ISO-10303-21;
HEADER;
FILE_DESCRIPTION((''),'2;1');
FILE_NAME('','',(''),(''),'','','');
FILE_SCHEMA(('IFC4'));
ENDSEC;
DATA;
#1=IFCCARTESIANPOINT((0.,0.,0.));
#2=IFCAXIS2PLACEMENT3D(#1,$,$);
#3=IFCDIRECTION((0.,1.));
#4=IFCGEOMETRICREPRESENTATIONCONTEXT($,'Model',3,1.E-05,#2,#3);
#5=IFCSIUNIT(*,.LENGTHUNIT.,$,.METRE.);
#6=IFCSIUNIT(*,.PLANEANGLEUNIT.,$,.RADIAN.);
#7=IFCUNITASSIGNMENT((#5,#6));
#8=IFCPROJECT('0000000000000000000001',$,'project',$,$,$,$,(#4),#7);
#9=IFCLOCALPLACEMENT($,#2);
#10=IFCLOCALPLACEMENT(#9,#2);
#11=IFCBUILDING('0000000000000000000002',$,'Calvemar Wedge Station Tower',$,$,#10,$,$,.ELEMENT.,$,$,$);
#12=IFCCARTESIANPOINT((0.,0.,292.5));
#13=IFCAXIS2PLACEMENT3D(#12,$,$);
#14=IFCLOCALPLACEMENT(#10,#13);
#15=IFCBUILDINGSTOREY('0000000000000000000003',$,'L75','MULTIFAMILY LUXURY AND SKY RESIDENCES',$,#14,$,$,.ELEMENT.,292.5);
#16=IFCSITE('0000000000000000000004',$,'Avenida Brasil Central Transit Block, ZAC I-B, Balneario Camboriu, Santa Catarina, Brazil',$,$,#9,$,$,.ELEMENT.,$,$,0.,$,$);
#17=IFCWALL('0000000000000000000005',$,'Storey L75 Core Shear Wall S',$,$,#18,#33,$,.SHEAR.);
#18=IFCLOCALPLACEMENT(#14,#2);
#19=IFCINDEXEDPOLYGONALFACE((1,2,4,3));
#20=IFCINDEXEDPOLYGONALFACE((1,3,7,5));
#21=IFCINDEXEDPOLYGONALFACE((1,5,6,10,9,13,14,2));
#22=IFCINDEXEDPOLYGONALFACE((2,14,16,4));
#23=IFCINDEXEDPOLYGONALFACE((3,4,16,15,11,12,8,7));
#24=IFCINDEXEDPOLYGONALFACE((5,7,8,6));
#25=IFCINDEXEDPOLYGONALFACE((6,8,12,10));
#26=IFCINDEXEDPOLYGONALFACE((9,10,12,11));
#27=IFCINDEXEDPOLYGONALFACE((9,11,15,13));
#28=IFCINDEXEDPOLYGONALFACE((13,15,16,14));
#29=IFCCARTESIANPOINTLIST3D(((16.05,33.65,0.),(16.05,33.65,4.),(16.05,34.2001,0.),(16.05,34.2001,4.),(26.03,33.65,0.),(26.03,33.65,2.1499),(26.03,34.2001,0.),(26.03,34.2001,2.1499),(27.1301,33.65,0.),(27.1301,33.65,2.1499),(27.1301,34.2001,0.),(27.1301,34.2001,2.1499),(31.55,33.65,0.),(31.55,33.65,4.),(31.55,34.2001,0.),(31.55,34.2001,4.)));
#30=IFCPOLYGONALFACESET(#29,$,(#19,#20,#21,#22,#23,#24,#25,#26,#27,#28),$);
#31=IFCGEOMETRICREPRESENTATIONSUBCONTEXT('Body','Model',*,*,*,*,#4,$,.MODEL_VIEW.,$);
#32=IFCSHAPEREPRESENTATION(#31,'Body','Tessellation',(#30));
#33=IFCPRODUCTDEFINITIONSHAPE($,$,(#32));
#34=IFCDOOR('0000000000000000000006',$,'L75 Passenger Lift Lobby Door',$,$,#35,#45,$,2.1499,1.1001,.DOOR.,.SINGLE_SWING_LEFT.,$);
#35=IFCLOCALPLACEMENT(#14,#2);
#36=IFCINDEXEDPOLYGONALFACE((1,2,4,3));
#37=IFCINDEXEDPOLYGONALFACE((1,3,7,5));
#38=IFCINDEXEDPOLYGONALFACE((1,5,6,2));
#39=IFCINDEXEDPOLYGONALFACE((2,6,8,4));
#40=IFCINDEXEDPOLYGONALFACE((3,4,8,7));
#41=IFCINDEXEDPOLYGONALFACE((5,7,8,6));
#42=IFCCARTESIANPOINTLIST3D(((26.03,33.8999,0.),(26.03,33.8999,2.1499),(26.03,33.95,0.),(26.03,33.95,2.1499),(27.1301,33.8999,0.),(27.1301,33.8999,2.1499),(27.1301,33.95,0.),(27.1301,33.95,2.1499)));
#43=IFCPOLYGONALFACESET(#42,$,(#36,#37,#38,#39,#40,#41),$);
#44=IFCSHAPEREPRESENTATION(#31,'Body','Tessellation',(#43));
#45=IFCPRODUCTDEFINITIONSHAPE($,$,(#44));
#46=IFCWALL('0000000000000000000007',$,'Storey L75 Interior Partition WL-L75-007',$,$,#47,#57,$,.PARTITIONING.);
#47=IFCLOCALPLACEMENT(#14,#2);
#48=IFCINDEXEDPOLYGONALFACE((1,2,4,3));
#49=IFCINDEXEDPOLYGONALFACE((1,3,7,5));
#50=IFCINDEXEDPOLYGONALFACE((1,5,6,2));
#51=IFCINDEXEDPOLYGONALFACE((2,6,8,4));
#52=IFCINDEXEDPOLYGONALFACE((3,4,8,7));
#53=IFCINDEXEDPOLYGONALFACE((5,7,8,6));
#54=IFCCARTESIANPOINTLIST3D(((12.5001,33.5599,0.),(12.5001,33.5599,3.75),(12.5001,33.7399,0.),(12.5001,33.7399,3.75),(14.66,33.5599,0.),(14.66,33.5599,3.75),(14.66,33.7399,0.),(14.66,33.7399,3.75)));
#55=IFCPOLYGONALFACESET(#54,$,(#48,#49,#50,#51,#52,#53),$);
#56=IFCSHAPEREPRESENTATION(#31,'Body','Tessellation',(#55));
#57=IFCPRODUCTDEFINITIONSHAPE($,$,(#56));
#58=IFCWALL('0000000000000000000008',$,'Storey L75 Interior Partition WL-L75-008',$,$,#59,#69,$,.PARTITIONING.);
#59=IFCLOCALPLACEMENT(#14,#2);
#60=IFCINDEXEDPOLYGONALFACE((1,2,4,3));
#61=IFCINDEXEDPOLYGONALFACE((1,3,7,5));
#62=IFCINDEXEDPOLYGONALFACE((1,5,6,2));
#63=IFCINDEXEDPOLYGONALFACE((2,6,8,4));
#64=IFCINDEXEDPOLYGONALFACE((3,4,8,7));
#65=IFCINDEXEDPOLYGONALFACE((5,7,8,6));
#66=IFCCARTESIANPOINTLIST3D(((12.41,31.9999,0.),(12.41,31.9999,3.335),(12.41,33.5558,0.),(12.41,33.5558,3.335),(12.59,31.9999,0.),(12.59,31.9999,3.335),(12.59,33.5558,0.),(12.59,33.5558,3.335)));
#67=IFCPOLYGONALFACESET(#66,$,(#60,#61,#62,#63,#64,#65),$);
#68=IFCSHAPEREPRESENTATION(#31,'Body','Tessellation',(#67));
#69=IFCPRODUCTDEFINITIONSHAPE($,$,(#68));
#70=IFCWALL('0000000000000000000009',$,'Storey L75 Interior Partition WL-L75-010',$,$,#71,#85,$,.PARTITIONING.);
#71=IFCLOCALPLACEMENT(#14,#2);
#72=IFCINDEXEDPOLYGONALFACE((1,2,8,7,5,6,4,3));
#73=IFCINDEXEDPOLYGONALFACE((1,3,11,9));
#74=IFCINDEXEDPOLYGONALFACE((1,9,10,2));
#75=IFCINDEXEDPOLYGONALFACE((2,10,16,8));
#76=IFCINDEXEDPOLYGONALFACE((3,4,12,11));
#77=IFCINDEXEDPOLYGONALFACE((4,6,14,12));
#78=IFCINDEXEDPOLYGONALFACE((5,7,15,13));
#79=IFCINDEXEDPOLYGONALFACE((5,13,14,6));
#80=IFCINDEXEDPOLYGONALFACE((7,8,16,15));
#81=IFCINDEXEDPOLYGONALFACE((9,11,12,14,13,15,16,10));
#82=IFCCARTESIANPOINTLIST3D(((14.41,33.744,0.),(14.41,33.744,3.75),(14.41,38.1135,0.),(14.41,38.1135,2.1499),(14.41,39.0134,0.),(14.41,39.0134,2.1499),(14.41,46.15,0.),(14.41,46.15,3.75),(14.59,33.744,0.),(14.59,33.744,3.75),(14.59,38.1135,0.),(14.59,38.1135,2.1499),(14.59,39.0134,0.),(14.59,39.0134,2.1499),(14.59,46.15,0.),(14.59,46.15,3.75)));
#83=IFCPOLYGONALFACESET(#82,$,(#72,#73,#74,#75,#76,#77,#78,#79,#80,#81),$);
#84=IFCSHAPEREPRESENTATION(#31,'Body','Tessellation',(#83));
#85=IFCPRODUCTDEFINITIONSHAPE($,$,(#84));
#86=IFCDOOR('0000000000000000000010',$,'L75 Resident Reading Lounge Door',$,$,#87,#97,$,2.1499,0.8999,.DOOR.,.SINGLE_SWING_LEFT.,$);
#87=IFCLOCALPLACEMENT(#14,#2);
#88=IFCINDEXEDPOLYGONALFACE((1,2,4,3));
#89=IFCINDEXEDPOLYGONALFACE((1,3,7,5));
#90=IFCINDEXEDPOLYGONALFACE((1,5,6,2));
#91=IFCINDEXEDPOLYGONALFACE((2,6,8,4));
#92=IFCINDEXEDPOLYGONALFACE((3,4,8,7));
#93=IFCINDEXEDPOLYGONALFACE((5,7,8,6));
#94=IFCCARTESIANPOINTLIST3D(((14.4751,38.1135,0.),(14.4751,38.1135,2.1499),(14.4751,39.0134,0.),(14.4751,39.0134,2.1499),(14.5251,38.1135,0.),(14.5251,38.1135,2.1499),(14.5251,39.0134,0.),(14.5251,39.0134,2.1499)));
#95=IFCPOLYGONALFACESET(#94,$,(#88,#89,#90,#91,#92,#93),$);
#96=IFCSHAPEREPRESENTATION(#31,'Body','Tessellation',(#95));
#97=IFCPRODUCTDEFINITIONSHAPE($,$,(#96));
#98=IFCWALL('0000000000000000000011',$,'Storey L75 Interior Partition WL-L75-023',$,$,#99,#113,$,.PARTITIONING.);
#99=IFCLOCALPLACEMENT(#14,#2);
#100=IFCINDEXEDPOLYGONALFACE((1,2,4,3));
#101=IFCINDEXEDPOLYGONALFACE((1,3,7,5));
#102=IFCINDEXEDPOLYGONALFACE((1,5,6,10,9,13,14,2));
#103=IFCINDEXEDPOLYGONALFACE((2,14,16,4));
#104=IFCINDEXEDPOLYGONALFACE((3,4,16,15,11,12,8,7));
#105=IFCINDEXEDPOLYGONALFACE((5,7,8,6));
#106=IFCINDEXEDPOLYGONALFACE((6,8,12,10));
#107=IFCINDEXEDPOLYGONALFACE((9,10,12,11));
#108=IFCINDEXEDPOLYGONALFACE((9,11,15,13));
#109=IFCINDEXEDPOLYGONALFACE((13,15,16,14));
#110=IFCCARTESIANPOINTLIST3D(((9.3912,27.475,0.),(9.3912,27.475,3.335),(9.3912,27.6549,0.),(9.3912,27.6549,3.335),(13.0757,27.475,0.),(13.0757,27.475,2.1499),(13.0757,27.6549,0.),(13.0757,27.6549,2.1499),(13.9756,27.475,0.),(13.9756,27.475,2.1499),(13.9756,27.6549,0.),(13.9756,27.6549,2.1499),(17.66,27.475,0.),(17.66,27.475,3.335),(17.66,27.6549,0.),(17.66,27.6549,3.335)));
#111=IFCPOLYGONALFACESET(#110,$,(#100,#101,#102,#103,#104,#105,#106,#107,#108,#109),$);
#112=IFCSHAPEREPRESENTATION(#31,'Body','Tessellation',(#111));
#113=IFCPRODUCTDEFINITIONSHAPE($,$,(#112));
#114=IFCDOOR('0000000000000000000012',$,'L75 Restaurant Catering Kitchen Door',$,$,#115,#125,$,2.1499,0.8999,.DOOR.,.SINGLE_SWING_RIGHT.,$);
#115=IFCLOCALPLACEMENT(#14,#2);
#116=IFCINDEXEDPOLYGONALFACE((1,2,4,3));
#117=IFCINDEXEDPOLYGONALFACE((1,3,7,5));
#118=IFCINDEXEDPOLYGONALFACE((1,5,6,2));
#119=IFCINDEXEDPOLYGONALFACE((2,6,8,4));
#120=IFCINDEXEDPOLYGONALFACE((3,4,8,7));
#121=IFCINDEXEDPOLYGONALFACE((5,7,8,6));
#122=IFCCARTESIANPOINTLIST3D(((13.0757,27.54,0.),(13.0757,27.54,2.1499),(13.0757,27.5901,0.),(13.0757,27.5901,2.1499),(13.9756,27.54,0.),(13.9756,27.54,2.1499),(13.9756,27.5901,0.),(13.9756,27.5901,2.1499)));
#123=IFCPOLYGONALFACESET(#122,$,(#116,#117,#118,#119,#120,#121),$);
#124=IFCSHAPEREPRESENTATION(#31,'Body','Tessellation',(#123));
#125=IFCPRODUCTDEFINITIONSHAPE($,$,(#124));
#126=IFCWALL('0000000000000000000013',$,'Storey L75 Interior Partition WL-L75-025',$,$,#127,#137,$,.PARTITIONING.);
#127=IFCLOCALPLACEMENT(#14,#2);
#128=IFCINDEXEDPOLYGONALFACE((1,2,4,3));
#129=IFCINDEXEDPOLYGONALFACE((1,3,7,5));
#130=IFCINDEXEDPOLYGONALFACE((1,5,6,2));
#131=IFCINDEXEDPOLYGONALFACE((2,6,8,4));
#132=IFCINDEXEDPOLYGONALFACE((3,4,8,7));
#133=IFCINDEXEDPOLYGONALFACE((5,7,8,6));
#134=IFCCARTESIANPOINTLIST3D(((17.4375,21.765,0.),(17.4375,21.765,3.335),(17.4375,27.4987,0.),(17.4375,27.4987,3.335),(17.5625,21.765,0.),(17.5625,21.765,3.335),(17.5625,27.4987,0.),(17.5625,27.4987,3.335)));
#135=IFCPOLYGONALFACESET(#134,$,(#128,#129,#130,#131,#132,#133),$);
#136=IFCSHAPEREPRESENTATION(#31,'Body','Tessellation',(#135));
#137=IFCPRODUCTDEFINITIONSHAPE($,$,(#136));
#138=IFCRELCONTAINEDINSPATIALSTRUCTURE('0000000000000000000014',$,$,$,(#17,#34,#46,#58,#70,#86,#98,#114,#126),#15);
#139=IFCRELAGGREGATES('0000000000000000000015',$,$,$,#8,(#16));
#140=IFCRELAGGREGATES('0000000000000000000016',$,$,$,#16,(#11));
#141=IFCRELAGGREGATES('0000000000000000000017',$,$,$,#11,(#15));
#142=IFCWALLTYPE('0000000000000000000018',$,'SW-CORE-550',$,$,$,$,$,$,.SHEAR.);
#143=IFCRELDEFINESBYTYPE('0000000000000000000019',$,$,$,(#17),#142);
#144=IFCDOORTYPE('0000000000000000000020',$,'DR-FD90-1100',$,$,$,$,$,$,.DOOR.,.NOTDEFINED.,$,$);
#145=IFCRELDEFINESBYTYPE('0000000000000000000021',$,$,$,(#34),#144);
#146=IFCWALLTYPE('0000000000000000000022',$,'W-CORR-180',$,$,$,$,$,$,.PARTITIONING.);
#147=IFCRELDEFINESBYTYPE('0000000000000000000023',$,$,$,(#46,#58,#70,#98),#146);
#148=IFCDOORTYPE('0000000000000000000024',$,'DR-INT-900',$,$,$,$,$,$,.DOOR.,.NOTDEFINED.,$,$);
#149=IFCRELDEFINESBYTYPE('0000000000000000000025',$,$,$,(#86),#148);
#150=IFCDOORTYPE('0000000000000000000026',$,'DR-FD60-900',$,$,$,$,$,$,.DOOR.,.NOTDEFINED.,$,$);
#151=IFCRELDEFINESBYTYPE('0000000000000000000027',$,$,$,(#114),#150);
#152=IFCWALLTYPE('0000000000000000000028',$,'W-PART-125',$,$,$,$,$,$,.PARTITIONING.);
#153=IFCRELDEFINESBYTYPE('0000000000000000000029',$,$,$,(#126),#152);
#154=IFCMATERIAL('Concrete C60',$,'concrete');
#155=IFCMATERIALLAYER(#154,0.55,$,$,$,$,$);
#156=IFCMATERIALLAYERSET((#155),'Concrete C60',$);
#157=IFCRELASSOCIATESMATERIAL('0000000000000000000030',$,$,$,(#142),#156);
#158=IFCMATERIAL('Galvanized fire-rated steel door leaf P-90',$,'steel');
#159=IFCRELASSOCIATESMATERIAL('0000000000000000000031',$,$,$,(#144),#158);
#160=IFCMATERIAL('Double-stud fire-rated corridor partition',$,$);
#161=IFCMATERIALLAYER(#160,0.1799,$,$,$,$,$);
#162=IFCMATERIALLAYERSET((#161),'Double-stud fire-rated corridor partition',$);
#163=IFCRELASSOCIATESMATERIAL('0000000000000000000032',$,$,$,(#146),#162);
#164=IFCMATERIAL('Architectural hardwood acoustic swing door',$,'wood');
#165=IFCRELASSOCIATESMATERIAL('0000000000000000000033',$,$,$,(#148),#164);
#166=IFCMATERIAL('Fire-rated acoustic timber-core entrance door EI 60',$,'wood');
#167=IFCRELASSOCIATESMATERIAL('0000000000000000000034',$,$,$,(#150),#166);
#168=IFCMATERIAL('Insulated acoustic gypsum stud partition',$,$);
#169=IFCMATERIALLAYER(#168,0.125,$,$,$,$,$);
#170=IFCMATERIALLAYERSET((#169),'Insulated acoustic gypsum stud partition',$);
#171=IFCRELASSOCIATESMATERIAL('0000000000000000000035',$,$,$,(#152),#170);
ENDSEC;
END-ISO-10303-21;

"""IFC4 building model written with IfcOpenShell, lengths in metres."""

from ifc_helpers import new_model, si_unit, direction, frame, frame_2d, origin, place, context, subcontext, project, spatial, rectangle, extrude, source, transform, mapped, material, layer, layer_set, type_object, element, fill, save


model = new_model("IFC4")

# Units and contexts
model_context = context("Model", 3, precision=1e-05, world=origin(), true_north=direction((0.0, 1.0)))
body_context = subcontext(model_context, "Body", "Model", "MODEL_VIEW")
ifc_project = project(units=[si_unit("LENGTHUNIT", "METRE"), si_unit("PLANEANGLEUNIT", "RADIAN")], contexts=[model_context])

# Site, building, storey
site_placement = place(None, origin())
site = spatial("IfcSite", under=ifc_project, at=site_placement, Name="Avenida Brasil Central Transit Block, ZAC I-B, Balneario Camboriu, Santa Catarina, Brazil", CompositionType="ELEMENT", RefElevation=0.0)
building_placement = place(site_placement, origin())
building = spatial("IfcBuilding", under=site, at=building_placement, Name="Calvemar Wedge Station Tower", CompositionType="ELEMENT")
storey_placement = place(building_placement, frame((0.0, 0.0, 292.5)))
storey = spatial("IfcBuildingStorey", under=building, at=storey_placement, Name="L75", Description="MULTIFAMILY LUXURY AND SKY RESIDENCES", CompositionType="ELEMENT", Elevation=292.5)

# Wall, opening, door
ifc_material_1 = material(Name="Concrete C60", Category="concrete")
ifc_layer_1 = layer(ifc_material_1, 0.55)
ifc_layer_set_1 = layer_set([ifc_layer_1], Name="Concrete C60")
wall_type_1 = type_object("IfcWallType", Name="SW-CORE-550", PredefinedType="SHEAR", material=ifc_layer_set_1)
wall_1_placement = place(storey_placement, frame((16.05, 33.925, 0.0), z_axis=(0.0, 0.0, 1.0), x_axis=(1.0, 0.0, 0.0)))
wall_1 = element("IfcWall", 1, at=wall_1_placement, inside=storey, type_object=wall_type_1, Name="Storey L75 Core Shear Wall S", PredefinedType="SHEAR", context=body_context, shape_type="SweptSolid", body=[
    extrude(rectangle(XDim=15.5, YDim=0.55, at=frame_2d((7.75, 0.0))), origin(), (0.0, 0.0, 1.0), 4.0),
])
shared_shape_1 = source(origin(), body_context, "Body", "SweptSolid", [
    extrude(rectangle(XDim=1.1001, YDim=2.1499, at=frame_2d((0.55, 1.075))), frame((0.0, 0.2852, 0.0), z_axis=(0.0, -1.0, 0.0), x_axis=(1.0, 0.0, 0.0)), (0.0, 0.0, 1.0), 0.5701),
])
opening_1_placement = place(wall_1_placement, frame((9.98, 0.0, 0.0)))
opening_1 = element("IfcOpeningElement", 2, at=opening_1_placement, cuts=wall_1, PredefinedType="OPENING", context=body_context, shape_type="MappedRepresentation", body=[
    mapped(shared_shape_1, transform((0.0, 0.0, 0.0), scale=1.0)),
])
ifc_material_2 = material(Name="Galvanized fire-rated steel door leaf P-90", Category="steel")
door_type_1 = type_object("IfcDoorType", Name="DR-FD90-1100", OperationType="NOTDEFINED", PredefinedType="DOOR", material=ifc_material_2)
shared_shape_2 = source(origin(), body_context, "Body", "SweptSolid", [
    extrude(rectangle(XDim=1.1001, YDim=2.1499, at=frame_2d((0.55, 1.075))), frame((0.0, 0.0249, 0.0), z_axis=(0.0, -1.0, 0.0), x_axis=(1.0, 0.0, 0.0)), (0.0, 0.0, 1.0), 0.05),
])
door_1_placement = place(opening_1_placement, origin())
door_1 = element("IfcDoor", 3, at=door_1_placement, inside=storey, type_object=door_type_1, Name="L75 Passenger Lift Lobby Door", OperationType="SINGLE_SWING_LEFT", OverallHeight=2.1499, OverallWidth=1.1001, PredefinedType="DOOR", context=body_context, shape_type="MappedRepresentation", body=[
    mapped(shared_shape_2, transform((0.0, 0.0, 0.0), scale=1.0)),
])
fill(opening_1, door_1)

# Walls
ifc_material_3 = material(Name="Double-stud fire-rated corridor partition")
ifc_layer_2 = layer(ifc_material_3, 0.1799)
ifc_layer_set_2 = layer_set([ifc_layer_2], Name="Double-stud fire-rated corridor partition")
wall_type_2 = type_object("IfcWallType", Name="W-CORR-180", PredefinedType="PARTITIONING", material=ifc_layer_set_2)
wall_2_placement = place(storey_placement, frame((12.5, 33.6499, 0.0), z_axis=(0.0, 0.0, 1.0), x_axis=(1.0, 0.0, 0.0)))
element("IfcWall", 4, at=wall_2_placement, inside=storey, type_object=wall_type_2, Name="Storey L75 Interior Partition WL-L75-007", PredefinedType="PARTITIONING", context=body_context, shape_type="SweptSolid", body=[
    extrude(rectangle(XDim=2.1599, YDim=0.1799, at=frame_2d((1.0801, 0.0))), origin(), (0.0, 0.0, 1.0), 3.75),
])
wall_3_placement = place(storey_placement, frame((12.5, 32.0, 0.0), z_axis=(0.0, 0.0, 1.0), x_axis=(0.0, 1.0, 0.0)))
element("IfcWall", 5, at=wall_3_placement, inside=storey, type_object=wall_type_2, Name="Storey L75 Interior Partition WL-L75-008", PredefinedType="PARTITIONING", context=body_context, shape_type="SweptSolid", body=[
    extrude(rectangle(XDim=1.5559, YDim=0.1799, at=frame_2d((0.7778, 0.0))), origin(), (0.0, 0.0, 1.0), 3.335),
])

# Walls, openings, doors
wall_4_placement = place(storey_placement, frame((14.5, 33.7439, 0.0), z_axis=(0.0, 0.0, 1.0), x_axis=(0.0, 1.0, 0.0)))
wall_4 = element("IfcWall", 6, at=wall_4_placement, inside=storey, type_object=wall_type_2, Name="Storey L75 Interior Partition WL-L75-010", PredefinedType="PARTITIONING", context=body_context, shape_type="SweptSolid", body=[
    extrude(rectangle(XDim=12.406, YDim=0.1799, at=frame_2d((6.2031, 0.0))), origin(), (0.0, 0.0, 1.0), 3.75),
])
shared_shape_3 = source(origin(), body_context, "Body", "SweptSolid", [
    extrude(rectangle(XDim=0.8999, YDim=2.1499, at=frame_2d((0.45, 1.075))), frame((0.0, 0.1001, 0.0), z_axis=(0.0, -1.0, 0.0), x_axis=(1.0, 0.0, 0.0)), (0.0, 0.0, 1.0), 0.2),
])
opening_2_placement = place(wall_4_placement, frame((4.3696, 0.0, 0.0)))
opening_2 = element("IfcOpeningElement", 7, at=opening_2_placement, cuts=wall_4, PredefinedType="OPENING", context=body_context, shape_type="MappedRepresentation", body=[
    mapped(shared_shape_3, transform((0.0, 0.0, 0.0), scale=1.0)),
])
ifc_material_4 = material(Name="Architectural hardwood acoustic swing door", Category="wood")
door_type_2 = type_object("IfcDoorType", Name="DR-INT-900", OperationType="NOTDEFINED", PredefinedType="DOOR", material=ifc_material_4)
shared_shape_4 = source(origin(), body_context, "Body", "SweptSolid", [
    extrude(rectangle(XDim=0.8999, YDim=2.1499, at=frame_2d((0.45, 1.075))), frame((0.0, 0.0249, 0.0), z_axis=(0.0, -1.0, 0.0), x_axis=(1.0, 0.0, 0.0)), (0.0, 0.0, 1.0), 0.05),
])
door_2_placement = place(opening_2_placement, origin())
door_2 = element("IfcDoor", 8, at=door_2_placement, inside=storey, type_object=door_type_2, Name="L75 Resident Reading Lounge Door", OperationType="SINGLE_SWING_LEFT", OverallHeight=2.1499, OverallWidth=0.8999, PredefinedType="DOOR", context=body_context, shape_type="MappedRepresentation", body=[
    mapped(shared_shape_4, transform((0.0, 0.0, 0.0), scale=1.0)),
])
fill(opening_2, door_2)
wall_5_placement = place(storey_placement, frame((17.6599, 27.5649, 0.0), z_axis=(0.0, 0.0, 1.0), x_axis=(-1.0, 0.0, 0.0)))
wall_5 = element("IfcWall", 9, at=wall_5_placement, inside=storey, type_object=wall_type_2, Name="Storey L75 Interior Partition WL-L75-023", PredefinedType="PARTITIONING", context=body_context, shape_type="SweptSolid", body=[
    extrude(rectangle(XDim=8.2688, YDim=0.1799, at=frame_2d((4.1343, 0.0))), origin(), (0.0, 0.0, 1.0), 3.335),
])
opening_3_placement = place(wall_5_placement, frame((3.6843, 0.0, 0.0)))
opening_3 = element("IfcOpeningElement", 10, at=opening_3_placement, cuts=wall_5, PredefinedType="OPENING", context=body_context, shape_type="MappedRepresentation", body=[
    mapped(shared_shape_3, transform((0.0, 0.0, 0.0), scale=1.0)),
])
ifc_material_5 = material(Name="Fire-rated acoustic timber-core entrance door EI 60", Category="wood")
door_type_3 = type_object("IfcDoorType", Name="DR-FD60-900", OperationType="NOTDEFINED", PredefinedType="DOOR", material=ifc_material_5)
shared_shape_5 = source(origin(), body_context, "Body", "SweptSolid", [
    extrude(rectangle(XDim=0.8999, YDim=2.1499, at=frame_2d((0.45, 1.075))), frame((0.0, 0.0249, 0.0), z_axis=(0.0, -1.0, 0.0), x_axis=(1.0, 0.0, 0.0)), (0.0, 0.0, 1.0), 0.05),
])
door_3_placement = place(opening_3_placement, origin())
door_3 = element("IfcDoor", 11, at=door_3_placement, inside=storey, type_object=door_type_3, Name="L75 Restaurant Catering Kitchen Door", OperationType="SINGLE_SWING_RIGHT", OverallHeight=2.1499, OverallWidth=0.8999, PredefinedType="DOOR", context=body_context, shape_type="MappedRepresentation", body=[
    mapped(shared_shape_5, transform((0.0, 0.0, 0.0), scale=1.0)),
])
fill(opening_3, door_3)

# Wall
ifc_material_6 = material(Name="Insulated acoustic gypsum stud partition")
ifc_layer_3 = layer(ifc_material_6, 0.125)
ifc_layer_set_3 = layer_set([ifc_layer_3], Name="Insulated acoustic gypsum stud partition")
wall_type_3 = type_object("IfcWallType", Name="W-PART-125", PredefinedType="PARTITIONING", material=ifc_layer_set_3)
wall_6_placement = place(storey_placement, frame((17.5, 27.4985, 0.0), z_axis=(0.0, 0.0, 1.0), x_axis=(0.0, -1.0, 0.0)))
element("IfcWall", 12, at=wall_6_placement, inside=storey, type_object=wall_type_3, Name="Storey L75 Interior Partition WL-L75-025", PredefinedType="PARTITIONING", context=body_context, shape_type="SweptSolid", body=[
    extrude(rectangle(XDim=5.7336, YDim=0.125, at=frame_2d((2.8667, 0.0))), origin(), (0.0, 0.0, 1.0), 3.335),
])

save(model, "model.ifc")
